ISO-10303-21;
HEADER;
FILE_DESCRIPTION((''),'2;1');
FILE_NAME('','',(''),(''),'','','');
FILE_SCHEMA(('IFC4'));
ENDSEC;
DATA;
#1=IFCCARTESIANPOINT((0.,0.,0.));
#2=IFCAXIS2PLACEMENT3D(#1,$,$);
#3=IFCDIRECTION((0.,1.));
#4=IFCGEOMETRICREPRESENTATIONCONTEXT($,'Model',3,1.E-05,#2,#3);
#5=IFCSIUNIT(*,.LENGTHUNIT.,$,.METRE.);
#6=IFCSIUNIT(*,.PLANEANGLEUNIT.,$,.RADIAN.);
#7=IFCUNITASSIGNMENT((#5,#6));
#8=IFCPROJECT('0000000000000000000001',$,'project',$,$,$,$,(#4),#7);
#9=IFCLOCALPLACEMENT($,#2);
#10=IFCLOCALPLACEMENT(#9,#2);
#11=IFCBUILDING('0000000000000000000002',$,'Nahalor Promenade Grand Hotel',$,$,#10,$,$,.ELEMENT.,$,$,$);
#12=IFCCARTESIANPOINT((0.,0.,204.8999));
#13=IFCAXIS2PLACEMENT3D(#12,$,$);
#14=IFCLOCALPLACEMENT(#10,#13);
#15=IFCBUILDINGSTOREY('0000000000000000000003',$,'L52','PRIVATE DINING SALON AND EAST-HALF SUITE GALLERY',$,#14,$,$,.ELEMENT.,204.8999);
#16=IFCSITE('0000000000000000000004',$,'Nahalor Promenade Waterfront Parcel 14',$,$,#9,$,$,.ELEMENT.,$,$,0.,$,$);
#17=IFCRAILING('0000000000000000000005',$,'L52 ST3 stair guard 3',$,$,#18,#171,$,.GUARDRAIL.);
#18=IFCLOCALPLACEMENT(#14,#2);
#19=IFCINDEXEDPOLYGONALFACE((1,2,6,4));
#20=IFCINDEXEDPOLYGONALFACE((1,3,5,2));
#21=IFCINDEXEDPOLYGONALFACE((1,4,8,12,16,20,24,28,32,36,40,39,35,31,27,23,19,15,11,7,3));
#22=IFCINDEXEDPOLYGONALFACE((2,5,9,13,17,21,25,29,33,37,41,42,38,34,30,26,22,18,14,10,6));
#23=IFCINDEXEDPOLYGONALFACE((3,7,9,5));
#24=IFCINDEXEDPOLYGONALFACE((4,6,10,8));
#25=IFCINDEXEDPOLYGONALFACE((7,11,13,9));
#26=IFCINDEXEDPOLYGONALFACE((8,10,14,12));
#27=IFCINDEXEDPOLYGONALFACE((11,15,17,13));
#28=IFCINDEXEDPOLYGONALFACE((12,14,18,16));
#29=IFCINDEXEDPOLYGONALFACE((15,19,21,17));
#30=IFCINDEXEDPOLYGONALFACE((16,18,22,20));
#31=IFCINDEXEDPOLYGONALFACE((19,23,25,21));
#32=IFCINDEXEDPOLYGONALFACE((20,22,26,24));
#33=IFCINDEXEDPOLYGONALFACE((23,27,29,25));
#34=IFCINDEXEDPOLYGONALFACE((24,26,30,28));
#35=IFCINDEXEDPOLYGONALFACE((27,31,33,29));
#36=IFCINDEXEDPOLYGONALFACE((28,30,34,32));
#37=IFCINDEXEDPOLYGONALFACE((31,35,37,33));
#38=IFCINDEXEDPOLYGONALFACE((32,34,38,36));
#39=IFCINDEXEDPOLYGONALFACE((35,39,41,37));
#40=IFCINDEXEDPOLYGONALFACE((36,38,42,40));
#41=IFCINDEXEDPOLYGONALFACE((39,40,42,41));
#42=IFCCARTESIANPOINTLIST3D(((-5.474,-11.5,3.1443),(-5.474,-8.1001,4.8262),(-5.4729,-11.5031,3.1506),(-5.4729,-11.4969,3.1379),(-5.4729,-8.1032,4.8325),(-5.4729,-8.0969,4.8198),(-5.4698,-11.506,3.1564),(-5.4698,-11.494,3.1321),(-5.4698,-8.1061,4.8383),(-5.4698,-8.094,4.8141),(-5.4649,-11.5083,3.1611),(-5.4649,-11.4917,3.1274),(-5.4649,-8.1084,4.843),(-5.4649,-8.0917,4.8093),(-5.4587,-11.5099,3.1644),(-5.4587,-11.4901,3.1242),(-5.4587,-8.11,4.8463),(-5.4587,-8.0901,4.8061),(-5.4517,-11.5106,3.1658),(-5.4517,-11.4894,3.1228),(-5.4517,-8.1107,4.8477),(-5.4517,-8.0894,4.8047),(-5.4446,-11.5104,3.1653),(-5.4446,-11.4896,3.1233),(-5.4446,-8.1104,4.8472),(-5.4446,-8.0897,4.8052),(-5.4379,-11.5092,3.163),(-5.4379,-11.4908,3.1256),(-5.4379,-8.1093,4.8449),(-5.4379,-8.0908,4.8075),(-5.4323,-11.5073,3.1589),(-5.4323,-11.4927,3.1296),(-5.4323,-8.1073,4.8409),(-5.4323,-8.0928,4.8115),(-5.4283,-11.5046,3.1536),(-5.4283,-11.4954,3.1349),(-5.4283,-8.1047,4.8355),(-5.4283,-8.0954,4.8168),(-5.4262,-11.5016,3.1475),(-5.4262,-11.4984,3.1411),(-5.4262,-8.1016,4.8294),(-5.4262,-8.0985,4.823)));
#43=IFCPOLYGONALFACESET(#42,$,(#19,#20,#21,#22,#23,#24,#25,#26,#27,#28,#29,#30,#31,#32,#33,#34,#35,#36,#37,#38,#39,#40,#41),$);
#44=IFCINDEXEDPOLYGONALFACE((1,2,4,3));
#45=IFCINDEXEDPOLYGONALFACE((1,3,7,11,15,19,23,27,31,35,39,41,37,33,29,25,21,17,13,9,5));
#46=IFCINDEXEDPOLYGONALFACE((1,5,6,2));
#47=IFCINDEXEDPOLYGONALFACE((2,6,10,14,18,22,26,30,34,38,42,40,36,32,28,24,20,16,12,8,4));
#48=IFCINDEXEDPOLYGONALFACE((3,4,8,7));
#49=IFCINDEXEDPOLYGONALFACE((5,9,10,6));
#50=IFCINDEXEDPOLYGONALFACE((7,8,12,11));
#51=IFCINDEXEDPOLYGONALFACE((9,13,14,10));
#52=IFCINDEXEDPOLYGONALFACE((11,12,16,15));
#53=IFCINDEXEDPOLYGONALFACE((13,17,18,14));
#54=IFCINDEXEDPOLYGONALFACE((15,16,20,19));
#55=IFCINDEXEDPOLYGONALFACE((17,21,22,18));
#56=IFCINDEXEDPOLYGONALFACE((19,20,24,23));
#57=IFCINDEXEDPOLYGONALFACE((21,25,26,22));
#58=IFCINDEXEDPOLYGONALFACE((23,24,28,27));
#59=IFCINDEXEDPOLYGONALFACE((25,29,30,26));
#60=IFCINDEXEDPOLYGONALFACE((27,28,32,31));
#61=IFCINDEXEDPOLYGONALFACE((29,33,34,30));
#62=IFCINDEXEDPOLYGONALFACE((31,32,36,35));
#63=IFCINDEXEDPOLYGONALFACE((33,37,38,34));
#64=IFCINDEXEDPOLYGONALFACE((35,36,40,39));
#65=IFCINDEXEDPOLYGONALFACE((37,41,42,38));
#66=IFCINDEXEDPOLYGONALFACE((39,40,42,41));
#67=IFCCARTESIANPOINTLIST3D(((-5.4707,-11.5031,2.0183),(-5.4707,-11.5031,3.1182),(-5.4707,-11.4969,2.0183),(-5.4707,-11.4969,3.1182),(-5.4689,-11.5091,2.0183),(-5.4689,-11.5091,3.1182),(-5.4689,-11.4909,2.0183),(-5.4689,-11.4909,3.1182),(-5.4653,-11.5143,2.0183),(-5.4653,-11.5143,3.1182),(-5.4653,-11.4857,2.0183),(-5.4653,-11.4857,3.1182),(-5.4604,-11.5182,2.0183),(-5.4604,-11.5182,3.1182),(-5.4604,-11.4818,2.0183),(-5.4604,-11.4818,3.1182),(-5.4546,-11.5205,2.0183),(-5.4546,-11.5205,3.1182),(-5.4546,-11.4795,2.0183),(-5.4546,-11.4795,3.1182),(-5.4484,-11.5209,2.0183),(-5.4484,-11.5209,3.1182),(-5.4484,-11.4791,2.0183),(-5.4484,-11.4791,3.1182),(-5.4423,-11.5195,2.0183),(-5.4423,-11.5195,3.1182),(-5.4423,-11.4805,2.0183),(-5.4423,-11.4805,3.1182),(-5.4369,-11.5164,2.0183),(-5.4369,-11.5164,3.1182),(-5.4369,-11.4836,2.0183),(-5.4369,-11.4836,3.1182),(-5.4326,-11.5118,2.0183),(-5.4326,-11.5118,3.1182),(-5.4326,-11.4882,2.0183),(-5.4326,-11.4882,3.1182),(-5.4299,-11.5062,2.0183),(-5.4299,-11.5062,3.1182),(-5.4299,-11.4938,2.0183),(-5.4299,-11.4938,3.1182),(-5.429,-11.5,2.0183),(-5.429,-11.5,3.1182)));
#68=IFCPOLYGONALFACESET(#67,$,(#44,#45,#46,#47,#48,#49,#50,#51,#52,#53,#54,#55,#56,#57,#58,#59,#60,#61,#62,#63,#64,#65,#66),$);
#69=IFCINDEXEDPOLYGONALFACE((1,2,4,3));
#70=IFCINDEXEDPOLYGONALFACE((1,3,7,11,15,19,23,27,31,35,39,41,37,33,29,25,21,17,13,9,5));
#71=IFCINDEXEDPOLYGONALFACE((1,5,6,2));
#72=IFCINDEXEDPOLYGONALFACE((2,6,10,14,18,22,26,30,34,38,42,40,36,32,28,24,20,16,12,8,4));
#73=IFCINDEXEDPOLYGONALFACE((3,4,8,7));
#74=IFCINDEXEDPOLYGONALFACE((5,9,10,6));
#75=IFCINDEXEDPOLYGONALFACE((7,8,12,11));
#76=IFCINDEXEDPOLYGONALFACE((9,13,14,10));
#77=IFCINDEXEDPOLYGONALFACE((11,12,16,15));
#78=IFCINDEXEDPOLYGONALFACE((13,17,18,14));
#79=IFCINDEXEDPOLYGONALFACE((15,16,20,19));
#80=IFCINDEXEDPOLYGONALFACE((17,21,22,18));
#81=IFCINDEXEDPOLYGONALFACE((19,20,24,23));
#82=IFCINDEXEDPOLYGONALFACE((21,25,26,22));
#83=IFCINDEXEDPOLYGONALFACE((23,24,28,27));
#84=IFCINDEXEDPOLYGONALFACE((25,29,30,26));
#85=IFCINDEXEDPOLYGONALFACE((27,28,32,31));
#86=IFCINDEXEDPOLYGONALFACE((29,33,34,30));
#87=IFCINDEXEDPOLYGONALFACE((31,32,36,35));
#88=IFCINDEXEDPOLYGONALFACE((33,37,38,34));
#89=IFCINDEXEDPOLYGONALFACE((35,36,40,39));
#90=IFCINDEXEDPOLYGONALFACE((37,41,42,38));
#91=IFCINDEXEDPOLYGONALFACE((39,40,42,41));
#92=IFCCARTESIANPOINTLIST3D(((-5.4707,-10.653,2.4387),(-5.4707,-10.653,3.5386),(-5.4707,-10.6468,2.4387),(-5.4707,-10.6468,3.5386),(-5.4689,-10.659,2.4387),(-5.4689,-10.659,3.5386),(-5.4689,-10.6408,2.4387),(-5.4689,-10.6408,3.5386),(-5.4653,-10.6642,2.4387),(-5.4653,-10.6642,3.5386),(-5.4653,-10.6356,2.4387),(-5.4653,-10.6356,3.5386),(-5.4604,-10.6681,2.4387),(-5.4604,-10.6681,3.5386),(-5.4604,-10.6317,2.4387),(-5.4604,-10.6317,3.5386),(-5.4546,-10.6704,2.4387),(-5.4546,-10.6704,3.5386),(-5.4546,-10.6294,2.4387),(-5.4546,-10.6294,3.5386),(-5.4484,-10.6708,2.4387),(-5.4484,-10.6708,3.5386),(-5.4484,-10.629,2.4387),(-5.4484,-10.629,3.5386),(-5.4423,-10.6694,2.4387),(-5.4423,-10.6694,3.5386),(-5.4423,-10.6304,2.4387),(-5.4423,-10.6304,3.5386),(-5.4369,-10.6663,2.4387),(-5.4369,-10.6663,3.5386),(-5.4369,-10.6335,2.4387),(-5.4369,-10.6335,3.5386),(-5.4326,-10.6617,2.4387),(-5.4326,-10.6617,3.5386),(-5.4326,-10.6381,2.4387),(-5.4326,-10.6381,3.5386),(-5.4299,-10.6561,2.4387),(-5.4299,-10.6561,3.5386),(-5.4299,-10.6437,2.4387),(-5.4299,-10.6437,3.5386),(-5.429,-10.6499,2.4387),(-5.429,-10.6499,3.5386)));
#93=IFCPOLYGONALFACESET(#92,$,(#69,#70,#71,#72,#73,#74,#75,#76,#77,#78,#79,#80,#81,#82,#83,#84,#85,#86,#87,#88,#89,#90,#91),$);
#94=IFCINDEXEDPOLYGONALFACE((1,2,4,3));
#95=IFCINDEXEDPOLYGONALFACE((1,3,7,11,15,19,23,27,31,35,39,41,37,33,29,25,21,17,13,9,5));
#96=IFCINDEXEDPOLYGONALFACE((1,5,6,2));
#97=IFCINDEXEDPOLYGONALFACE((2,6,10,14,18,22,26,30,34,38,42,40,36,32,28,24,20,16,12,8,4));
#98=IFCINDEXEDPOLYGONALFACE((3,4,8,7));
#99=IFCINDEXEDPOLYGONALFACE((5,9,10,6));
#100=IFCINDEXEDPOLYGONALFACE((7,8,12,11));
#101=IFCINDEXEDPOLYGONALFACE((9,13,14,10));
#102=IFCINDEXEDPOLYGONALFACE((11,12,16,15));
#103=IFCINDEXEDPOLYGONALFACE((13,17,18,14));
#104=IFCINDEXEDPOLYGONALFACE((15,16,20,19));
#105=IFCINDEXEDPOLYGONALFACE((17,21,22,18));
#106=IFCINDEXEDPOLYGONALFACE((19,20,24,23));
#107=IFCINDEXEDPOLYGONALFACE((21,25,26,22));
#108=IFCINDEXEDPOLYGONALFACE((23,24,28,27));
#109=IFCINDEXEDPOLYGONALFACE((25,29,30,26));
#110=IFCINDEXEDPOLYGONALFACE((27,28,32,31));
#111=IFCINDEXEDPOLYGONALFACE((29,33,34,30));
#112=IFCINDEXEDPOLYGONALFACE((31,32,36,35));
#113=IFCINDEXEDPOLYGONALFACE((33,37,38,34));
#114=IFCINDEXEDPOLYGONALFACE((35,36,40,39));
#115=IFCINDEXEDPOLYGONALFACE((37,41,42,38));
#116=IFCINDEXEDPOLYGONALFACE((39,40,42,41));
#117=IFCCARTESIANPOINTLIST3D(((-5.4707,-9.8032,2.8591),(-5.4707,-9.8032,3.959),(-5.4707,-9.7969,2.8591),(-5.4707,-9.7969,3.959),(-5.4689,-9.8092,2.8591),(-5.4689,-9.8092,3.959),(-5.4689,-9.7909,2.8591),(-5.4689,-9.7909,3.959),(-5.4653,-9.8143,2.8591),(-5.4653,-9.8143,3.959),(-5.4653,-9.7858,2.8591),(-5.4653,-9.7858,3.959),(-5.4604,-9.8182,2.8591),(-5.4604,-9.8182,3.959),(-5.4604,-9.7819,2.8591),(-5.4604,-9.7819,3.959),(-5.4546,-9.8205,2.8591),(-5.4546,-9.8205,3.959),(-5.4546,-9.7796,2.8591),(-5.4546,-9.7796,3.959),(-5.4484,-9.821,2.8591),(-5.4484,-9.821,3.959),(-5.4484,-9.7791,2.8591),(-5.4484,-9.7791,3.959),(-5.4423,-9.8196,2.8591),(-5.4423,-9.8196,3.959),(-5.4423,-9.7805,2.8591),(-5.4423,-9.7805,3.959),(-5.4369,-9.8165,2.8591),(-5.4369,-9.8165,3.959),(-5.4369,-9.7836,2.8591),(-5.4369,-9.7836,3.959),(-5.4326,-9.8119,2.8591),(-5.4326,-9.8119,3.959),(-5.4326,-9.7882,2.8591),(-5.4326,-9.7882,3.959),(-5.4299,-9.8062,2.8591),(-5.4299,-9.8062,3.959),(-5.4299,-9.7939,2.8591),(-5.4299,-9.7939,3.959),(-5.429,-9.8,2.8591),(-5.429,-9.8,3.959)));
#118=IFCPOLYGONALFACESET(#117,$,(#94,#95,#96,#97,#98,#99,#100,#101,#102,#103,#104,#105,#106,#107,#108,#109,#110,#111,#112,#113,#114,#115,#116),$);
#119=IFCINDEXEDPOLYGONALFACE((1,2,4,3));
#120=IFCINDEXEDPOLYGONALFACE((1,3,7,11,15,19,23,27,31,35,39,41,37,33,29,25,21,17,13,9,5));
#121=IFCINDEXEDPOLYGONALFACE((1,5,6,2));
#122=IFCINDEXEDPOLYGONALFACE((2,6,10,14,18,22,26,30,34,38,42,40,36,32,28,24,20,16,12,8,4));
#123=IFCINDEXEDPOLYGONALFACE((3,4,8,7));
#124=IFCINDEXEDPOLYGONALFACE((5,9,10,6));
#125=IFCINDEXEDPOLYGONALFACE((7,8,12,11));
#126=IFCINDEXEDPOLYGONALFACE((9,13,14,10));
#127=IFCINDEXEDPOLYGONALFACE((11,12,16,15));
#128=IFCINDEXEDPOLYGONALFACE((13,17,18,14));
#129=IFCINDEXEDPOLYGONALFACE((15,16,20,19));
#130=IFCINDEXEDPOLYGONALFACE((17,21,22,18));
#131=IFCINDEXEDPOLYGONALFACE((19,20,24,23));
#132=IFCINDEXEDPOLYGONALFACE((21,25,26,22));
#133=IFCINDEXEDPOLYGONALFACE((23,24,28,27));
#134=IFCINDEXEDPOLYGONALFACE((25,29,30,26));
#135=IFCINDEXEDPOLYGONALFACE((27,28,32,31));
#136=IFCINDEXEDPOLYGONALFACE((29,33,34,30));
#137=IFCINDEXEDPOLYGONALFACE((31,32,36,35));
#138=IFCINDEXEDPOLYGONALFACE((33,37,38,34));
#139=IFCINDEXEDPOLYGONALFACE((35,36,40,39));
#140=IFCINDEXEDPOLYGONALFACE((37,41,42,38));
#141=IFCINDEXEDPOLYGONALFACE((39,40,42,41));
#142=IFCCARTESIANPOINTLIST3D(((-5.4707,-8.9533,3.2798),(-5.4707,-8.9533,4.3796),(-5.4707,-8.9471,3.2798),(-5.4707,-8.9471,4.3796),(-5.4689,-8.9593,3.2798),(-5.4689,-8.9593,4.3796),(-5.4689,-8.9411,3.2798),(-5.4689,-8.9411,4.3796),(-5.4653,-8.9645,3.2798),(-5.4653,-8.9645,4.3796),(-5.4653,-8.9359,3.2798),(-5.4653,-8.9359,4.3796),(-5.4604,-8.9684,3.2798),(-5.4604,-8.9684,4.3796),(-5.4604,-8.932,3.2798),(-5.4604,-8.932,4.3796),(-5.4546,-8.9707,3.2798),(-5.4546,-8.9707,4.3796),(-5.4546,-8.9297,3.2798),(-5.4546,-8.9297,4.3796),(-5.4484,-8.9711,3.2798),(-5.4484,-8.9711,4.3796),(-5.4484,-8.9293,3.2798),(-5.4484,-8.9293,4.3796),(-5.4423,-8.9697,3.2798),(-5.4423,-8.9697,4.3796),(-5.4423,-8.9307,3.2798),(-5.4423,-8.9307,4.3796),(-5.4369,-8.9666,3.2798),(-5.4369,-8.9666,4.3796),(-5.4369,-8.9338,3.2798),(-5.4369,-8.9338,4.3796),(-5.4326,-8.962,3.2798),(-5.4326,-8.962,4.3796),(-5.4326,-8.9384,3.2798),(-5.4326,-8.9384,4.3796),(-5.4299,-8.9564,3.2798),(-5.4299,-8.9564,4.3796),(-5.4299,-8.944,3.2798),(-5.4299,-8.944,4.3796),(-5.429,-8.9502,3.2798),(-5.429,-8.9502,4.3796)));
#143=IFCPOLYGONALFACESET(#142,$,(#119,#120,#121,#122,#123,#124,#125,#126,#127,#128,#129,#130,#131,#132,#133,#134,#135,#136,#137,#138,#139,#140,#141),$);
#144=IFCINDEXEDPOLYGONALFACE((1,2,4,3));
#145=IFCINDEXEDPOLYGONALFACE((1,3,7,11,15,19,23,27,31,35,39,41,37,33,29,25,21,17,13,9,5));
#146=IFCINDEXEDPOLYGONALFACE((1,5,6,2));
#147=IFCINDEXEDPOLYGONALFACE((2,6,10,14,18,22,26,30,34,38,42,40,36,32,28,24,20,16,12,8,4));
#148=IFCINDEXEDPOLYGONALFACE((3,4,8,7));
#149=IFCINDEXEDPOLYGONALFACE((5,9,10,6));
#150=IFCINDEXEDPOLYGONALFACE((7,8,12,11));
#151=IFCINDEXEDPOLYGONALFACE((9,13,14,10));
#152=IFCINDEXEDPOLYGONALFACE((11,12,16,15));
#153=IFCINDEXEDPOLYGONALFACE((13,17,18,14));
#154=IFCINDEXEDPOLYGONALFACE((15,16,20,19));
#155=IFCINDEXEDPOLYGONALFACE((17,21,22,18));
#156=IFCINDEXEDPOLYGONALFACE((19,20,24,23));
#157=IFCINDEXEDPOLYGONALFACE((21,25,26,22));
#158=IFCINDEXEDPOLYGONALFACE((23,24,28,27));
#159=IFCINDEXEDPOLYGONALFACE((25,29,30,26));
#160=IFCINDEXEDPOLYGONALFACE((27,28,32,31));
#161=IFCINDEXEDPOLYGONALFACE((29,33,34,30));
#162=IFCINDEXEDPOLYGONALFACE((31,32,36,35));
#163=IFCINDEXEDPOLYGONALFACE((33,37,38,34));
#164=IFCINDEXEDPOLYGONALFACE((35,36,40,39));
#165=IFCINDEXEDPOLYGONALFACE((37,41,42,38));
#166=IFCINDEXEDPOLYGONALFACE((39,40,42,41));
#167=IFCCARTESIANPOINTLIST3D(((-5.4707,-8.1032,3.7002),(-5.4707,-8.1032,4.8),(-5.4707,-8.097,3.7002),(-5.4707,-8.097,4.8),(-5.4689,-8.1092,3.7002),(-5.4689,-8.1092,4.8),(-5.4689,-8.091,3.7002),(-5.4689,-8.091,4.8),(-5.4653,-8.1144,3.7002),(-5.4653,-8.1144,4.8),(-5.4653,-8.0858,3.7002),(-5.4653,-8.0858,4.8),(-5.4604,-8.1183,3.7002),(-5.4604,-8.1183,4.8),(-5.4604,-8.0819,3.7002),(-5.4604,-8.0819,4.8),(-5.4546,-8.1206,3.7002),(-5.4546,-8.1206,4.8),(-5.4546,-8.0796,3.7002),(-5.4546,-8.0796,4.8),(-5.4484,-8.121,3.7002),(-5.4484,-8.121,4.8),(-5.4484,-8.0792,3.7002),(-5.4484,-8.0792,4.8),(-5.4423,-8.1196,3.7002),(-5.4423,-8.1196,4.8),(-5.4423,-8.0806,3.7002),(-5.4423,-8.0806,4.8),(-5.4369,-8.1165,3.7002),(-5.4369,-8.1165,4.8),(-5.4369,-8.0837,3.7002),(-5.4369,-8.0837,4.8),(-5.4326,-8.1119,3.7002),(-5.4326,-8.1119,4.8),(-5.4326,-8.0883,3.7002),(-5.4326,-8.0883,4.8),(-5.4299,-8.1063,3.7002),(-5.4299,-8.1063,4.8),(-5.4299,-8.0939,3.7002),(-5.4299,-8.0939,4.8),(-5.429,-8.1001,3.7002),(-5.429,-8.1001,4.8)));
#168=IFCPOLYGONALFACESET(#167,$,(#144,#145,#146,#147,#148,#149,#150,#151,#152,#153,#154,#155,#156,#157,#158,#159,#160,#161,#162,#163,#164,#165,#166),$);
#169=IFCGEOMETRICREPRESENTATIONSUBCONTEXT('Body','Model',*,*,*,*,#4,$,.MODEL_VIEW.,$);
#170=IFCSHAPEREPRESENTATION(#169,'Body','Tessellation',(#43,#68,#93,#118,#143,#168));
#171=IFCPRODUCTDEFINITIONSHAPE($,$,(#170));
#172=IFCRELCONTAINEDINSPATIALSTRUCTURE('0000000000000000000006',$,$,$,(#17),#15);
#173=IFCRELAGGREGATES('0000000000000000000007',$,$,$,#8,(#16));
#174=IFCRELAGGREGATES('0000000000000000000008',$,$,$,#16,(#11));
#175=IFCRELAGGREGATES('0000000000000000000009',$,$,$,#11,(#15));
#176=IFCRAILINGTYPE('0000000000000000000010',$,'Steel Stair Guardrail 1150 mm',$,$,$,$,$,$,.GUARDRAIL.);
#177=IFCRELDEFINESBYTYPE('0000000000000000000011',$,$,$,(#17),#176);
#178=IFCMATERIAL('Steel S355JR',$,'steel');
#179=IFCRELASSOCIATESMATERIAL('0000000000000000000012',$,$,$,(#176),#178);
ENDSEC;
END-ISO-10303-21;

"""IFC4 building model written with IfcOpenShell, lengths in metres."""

from ifc_helpers import new_model, si_unit, direction, frame, origin, origin_2d, place, context, subcontext, project, spatial, circle, extrude, material, type_object, element, save


model = new_model("IFC4")

# Units and contexts
model_context = context("Model", 3, precision=1e-05, world=origin(), true_north=direction((0.0, 1.0)))
body_context = subcontext(model_context, "Body", "Model", "MODEL_VIEW")
ifc_project = project(units=[si_unit("LENGTHUNIT", "METRE"), si_unit("PLANEANGLEUNIT", "RADIAN")], contexts=[model_context])

# Site, building, storey
site_placement = place(None, origin())
site = spatial("IfcSite", under=ifc_project, at=site_placement, Name="Nahalor Promenade Waterfront Parcel 14", CompositionType="ELEMENT", RefElevation=0.0)
building_placement = place(site_placement, origin())
building = spatial("IfcBuilding", under=site, at=building_placement, Name="Nahalor Promenade Grand Hotel", CompositionType="ELEMENT")
storey_placement = place(building_placement, frame((0.0, 0.0, 204.8999)))
storey = spatial("IfcBuildingStorey", under=building, at=storey_placement, Name="L52", Description="PRIVATE DINING SALON AND EAST-HALF SUITE GALLERY", CompositionType="ELEMENT", Elevation=204.8999)

# Shared definitions
ifc_material_1 = material(Name="Steel S355JR", Category="steel")

# Railing
railing_type_1 = type_object("IfcRailingType", Name="Steel Stair Guardrail 1150 mm", PredefinedType="GUARDRAIL", material=ifc_material_1)
railing_1_placement = place(storey_placement, frame((-5.45, -11.5, 2.0183)))
element("IfcRailing", 1, at=railing_1_placement, inside=storey, type_object=railing_type_1, Name="L52 ST3 stair guard 3", PredefinedType="GUARDRAIL", context=body_context, shape_type="SweptSolid", body=[
    extrude(circle(Radius=0.024, at=origin_2d()), frame((0.0, 0.0, 1.126), z_axis=(0.0, 0.896324, 0.443399), x_axis=(-1.0, 0.0, 0.0)), (0.0, 0.0, 1.0), 3.7932),
    extrude(circle(Radius=0.021, at=origin_2d()), origin(), (0.0, 0.0, 1.0), 1.0999),
    extrude(circle(Radius=0.021, at=origin_2d()), frame((0.0, 0.8501, 0.4204)), (0.0, 0.0, 1.0), 1.0999),
    extrude(circle(Radius=0.021, at=origin_2d()), frame((0.0, 1.7, 0.8408)), (0.0, 0.0, 1.0), 1.0999),
    extrude(circle(Radius=0.021, at=origin_2d()), frame((0.0, 2.5498, 1.2615)), (0.0, 0.0, 1.0), 1.0999),
    extrude(circle(Radius=0.021, at=origin_2d()), frame((0.0, 3.3999, 1.6819)), (0.0, 0.0, 1.0), 1.0999),
])

save(model, "model.ifc")
